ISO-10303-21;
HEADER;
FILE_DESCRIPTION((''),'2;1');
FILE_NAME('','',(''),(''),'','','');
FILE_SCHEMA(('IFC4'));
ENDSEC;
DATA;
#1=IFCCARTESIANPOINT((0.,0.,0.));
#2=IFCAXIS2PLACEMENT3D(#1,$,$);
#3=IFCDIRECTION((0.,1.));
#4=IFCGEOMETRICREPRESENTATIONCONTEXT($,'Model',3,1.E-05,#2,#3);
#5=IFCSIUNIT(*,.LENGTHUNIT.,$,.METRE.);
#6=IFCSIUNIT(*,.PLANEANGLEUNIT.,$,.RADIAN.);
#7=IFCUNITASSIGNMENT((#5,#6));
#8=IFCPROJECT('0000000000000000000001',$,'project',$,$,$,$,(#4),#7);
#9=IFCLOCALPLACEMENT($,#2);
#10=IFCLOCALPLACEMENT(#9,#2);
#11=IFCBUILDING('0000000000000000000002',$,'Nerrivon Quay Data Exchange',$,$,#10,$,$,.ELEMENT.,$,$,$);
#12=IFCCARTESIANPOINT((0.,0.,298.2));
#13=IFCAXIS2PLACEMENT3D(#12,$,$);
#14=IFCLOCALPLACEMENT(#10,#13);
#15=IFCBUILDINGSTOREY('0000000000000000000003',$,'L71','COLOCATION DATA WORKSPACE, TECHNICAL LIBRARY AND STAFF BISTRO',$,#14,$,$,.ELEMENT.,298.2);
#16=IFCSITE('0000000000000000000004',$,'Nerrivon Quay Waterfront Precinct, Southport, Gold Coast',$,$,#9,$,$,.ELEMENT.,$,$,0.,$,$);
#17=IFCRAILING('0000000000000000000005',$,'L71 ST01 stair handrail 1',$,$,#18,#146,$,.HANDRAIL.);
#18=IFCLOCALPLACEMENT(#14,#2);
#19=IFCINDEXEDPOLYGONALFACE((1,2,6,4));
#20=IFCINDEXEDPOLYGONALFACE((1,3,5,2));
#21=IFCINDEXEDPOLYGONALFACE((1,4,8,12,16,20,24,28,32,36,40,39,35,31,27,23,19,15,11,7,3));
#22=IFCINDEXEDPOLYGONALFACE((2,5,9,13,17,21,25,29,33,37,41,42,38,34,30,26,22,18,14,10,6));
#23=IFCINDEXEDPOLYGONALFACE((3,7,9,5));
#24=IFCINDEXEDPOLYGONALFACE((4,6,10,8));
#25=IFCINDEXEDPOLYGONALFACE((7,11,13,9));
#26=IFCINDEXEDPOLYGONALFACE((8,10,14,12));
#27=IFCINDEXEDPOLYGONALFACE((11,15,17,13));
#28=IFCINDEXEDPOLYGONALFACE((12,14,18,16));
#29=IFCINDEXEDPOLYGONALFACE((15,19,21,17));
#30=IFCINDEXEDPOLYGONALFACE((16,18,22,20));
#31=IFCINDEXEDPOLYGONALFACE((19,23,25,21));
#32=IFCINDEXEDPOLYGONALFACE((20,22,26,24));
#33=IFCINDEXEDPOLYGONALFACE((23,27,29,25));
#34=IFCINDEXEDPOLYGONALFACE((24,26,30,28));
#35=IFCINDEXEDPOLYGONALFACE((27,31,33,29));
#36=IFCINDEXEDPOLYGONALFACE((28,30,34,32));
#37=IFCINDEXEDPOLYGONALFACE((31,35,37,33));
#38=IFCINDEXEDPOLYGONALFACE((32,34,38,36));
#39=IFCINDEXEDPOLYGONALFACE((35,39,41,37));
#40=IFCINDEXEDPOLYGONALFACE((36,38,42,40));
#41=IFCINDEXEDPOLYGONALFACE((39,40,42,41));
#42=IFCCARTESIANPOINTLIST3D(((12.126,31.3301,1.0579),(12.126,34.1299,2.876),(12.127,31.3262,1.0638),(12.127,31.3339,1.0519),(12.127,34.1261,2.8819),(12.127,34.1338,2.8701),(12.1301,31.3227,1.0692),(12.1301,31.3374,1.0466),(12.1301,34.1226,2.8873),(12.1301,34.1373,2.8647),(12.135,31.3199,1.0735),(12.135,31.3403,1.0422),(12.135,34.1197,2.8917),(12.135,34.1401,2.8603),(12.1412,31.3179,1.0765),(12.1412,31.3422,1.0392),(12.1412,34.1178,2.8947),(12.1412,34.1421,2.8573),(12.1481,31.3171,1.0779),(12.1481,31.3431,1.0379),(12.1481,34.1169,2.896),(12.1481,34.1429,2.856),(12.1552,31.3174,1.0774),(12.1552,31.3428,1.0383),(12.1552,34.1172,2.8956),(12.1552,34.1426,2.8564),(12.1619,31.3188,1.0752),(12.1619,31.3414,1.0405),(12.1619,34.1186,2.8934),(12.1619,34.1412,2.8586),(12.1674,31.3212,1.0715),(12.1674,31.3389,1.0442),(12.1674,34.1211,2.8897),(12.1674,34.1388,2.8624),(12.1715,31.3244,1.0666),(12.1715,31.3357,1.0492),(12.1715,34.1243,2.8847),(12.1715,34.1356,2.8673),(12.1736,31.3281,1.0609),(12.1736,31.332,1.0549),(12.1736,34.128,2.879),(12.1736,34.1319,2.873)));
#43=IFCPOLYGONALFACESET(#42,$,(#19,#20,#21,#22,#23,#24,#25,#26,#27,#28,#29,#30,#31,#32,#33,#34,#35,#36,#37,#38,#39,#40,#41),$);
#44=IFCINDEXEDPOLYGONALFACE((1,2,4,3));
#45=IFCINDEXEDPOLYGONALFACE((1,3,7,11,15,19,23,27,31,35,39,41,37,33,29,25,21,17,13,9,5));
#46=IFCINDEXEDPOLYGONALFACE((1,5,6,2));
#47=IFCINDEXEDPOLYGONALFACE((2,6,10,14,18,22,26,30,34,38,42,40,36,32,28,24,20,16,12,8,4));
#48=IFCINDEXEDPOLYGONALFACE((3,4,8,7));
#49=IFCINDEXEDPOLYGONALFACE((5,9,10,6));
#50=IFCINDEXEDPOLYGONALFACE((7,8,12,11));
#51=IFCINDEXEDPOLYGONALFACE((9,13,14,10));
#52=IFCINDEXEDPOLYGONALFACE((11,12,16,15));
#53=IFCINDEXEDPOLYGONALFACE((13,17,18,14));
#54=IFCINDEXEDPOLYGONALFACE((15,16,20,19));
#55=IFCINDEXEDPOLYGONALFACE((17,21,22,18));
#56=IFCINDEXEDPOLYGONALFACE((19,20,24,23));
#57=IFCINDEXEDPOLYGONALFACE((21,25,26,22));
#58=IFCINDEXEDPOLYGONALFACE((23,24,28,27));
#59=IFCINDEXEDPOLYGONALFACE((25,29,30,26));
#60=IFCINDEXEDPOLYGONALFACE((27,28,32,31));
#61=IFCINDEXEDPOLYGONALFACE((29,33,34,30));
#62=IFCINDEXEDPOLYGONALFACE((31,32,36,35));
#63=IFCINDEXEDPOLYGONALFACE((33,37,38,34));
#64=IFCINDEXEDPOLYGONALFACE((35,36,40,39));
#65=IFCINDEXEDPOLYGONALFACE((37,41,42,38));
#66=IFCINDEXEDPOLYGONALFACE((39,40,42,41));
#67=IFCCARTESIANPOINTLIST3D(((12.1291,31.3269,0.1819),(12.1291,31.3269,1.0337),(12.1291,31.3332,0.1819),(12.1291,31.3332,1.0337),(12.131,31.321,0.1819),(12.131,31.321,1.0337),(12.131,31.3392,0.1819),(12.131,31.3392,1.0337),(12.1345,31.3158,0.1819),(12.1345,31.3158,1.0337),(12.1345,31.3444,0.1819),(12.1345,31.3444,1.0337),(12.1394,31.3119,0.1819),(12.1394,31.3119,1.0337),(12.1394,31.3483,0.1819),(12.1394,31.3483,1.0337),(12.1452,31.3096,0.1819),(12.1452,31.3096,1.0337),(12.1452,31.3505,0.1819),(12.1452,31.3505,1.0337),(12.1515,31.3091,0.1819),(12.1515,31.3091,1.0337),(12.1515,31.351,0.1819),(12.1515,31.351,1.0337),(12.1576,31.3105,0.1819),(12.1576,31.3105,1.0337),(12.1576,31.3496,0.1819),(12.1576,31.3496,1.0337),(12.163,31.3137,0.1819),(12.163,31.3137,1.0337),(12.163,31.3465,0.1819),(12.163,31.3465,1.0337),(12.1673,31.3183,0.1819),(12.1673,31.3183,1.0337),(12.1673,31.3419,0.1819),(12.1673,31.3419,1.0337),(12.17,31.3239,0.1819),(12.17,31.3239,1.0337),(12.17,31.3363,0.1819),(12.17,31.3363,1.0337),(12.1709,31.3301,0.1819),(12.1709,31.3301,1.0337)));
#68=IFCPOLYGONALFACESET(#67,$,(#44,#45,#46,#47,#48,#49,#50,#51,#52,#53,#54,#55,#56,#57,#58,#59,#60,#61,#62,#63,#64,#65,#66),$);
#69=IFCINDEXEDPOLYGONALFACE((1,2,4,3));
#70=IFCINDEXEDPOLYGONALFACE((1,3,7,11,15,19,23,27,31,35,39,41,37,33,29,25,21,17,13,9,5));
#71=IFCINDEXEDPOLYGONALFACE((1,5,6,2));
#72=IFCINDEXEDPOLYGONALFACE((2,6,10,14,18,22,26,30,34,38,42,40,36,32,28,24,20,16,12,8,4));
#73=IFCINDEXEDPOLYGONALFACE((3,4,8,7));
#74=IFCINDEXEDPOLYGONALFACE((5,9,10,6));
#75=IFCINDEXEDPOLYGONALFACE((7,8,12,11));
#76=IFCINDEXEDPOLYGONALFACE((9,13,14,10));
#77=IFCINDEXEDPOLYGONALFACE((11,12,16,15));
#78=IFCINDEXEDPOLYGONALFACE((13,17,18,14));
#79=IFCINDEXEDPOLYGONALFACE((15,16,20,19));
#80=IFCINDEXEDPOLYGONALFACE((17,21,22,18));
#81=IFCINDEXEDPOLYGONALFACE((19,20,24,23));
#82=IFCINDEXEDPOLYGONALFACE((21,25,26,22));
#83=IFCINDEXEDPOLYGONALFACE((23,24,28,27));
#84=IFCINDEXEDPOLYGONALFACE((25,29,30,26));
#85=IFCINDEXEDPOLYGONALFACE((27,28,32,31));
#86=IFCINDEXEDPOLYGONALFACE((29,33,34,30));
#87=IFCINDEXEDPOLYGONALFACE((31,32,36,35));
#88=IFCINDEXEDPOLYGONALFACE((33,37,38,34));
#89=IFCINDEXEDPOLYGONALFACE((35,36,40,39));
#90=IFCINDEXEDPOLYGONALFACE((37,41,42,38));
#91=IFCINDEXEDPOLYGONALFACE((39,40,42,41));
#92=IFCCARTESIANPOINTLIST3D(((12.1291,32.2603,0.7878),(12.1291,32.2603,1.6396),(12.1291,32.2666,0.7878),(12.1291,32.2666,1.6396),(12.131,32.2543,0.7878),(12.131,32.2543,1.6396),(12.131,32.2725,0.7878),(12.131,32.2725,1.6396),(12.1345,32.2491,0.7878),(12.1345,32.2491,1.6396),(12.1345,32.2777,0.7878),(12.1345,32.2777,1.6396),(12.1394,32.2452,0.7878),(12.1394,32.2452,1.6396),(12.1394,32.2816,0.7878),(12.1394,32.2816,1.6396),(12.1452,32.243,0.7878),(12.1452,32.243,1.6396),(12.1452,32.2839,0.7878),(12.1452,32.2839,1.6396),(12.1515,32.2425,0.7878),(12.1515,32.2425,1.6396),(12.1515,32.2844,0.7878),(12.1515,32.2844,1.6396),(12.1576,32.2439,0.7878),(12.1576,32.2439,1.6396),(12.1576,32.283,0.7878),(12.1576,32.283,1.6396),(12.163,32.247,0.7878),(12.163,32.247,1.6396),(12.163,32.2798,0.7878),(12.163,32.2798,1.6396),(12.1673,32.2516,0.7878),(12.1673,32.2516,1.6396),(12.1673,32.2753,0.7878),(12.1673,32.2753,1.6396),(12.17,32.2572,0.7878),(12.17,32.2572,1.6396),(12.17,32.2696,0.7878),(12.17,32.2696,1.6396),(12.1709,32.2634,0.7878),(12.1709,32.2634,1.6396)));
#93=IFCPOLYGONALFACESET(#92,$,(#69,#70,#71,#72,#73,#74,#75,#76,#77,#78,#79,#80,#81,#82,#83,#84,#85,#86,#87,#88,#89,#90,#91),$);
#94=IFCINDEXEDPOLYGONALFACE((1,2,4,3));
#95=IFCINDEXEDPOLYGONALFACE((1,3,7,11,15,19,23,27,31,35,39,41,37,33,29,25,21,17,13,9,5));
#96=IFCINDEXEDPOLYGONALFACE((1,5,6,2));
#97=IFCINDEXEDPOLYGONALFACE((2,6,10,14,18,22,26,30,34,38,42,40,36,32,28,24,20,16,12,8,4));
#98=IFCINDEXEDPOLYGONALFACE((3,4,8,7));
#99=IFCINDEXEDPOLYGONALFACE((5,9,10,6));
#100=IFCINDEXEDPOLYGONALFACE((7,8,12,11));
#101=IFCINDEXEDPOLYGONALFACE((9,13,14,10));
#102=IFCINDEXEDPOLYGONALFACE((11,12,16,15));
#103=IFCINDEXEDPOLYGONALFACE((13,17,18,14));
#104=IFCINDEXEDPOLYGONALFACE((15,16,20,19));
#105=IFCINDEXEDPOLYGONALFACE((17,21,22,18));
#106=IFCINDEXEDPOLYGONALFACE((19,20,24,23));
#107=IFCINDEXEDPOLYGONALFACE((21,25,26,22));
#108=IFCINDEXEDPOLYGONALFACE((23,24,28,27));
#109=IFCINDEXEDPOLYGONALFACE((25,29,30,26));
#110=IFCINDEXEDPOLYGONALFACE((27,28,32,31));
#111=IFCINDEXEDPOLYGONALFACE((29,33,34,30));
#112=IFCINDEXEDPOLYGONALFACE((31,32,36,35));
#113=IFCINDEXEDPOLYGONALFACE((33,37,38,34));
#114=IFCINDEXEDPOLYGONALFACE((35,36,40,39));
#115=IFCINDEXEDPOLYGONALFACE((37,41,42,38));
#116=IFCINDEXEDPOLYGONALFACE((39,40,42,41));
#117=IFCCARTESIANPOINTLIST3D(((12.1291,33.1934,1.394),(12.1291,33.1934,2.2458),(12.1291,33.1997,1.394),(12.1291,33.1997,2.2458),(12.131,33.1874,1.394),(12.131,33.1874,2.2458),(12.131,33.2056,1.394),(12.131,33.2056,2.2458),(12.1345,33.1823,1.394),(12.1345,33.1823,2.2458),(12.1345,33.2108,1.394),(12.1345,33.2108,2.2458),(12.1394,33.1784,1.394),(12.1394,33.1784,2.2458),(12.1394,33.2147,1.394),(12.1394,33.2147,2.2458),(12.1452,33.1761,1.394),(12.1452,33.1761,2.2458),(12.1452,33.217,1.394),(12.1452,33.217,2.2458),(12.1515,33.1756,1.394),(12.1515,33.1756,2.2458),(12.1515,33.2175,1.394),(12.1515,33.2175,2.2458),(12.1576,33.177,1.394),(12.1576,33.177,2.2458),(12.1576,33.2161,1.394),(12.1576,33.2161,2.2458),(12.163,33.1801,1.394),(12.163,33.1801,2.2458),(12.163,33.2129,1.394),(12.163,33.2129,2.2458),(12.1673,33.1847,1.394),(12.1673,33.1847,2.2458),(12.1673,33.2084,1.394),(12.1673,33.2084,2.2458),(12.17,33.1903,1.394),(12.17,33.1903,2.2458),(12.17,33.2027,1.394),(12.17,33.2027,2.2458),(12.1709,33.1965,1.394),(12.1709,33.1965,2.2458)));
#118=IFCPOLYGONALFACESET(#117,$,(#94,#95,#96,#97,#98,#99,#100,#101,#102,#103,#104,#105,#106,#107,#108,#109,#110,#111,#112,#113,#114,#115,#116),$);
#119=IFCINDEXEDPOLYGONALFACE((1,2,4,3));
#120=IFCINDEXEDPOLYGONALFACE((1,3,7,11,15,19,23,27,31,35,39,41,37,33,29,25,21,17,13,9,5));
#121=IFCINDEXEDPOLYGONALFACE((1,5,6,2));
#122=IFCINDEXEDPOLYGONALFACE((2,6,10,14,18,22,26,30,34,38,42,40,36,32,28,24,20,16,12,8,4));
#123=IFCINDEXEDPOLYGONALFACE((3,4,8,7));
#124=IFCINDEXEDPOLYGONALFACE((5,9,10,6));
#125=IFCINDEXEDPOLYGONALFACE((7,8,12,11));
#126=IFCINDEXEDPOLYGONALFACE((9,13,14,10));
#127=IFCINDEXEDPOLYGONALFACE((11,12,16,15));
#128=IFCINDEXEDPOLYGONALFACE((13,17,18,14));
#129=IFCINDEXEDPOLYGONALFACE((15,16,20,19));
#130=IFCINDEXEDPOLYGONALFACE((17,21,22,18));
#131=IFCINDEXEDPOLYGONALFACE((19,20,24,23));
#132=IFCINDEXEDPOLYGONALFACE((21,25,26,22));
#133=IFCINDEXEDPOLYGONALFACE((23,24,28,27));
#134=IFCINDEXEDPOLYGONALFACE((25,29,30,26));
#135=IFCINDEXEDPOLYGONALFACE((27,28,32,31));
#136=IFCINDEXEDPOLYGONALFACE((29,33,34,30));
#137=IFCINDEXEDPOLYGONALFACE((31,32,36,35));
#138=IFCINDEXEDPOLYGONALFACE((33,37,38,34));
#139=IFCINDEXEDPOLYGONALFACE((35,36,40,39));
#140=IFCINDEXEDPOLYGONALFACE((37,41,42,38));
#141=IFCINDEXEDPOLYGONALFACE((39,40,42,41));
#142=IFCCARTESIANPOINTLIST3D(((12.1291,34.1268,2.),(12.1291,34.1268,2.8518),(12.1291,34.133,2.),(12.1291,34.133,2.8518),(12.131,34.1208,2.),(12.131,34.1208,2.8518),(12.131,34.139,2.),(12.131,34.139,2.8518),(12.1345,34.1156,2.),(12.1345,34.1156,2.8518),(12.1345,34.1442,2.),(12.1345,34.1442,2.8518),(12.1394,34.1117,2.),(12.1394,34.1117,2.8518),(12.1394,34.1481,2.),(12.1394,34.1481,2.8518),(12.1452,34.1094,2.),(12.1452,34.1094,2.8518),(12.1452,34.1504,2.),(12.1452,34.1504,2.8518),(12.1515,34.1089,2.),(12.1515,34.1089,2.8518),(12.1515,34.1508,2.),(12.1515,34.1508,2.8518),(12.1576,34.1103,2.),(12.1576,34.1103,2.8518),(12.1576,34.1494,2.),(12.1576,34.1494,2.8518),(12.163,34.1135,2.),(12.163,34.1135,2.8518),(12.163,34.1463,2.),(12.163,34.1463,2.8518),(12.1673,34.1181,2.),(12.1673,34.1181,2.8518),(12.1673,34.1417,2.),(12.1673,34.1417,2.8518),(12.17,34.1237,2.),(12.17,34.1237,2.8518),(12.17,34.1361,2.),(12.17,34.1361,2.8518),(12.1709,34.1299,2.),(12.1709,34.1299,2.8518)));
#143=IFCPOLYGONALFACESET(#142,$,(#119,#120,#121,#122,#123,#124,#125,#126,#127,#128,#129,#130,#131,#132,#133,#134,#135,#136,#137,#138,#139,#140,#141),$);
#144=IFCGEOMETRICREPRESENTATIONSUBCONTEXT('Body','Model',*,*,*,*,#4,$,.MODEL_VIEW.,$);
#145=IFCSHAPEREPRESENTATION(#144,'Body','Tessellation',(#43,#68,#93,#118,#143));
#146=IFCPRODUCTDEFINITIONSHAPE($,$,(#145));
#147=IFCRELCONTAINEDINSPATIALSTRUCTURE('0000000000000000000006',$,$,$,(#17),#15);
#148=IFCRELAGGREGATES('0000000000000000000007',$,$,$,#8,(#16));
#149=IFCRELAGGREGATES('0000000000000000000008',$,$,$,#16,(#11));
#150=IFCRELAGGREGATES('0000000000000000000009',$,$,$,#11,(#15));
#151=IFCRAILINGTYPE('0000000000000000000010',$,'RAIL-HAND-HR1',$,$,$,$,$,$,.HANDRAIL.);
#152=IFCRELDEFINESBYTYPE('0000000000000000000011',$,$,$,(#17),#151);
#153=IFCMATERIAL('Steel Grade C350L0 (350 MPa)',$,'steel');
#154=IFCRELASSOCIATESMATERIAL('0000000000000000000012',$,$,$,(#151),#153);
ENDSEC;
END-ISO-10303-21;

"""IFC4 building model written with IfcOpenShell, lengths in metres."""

from ifc_helpers import new_model, si_unit, direction, frame, origin, origin_2d, place, context, subcontext, project, spatial, circle, extrude, material, type_object, element, save


model = new_model("IFC4")

# Units and contexts
model_context = context("Model", 3, precision=1e-05, world=origin(), true_north=direction((0.0, 1.0)))
body_context = subcontext(model_context, "Body", "Model", "MODEL_VIEW")
ifc_project = project(units=[si_unit("LENGTHUNIT", "METRE"), si_unit("PLANEANGLEUNIT", "RADIAN")], contexts=[model_context])

# Site, building, storey
site_placement = place(None, origin())
site = spatial("IfcSite", under=ifc_project, at=site_placement, Name="Nerrivon Quay Waterfront Precinct, Southport, Gold Coast", CompositionType="ELEMENT", RefElevation=0.0)
building_placement = place(site_placement, origin())
building = spatial("IfcBuilding", under=site, at=building_placement, Name="Nerrivon Quay Data Exchange", CompositionType="ELEMENT")
storey_placement = place(building_placement, frame((0.0, 0.0, 298.2)))
storey = spatial("IfcBuildingStorey", under=building, at=storey_placement, Name="L71", Description="COLOCATION DATA WORKSPACE, TECHNICAL LIBRARY AND STAFF BISTRO", CompositionType="ELEMENT", Elevation=298.2)

# Railing
ifc_material_1 = material(Name="Steel Grade C350L0 (350 MPa)", Category="steel")
railing_type_1 = type_object("IfcRailingType", Name="RAIL-HAND-HR1", PredefinedType="HANDRAIL", material=ifc_material_1)
railing_1_placement = place(storey_placement, frame((12.1499, 31.3301, 0.1819)))
element("IfcRailing", 1, at=railing_1_placement, inside=storey, type_object=railing_type_1, Name="L71 ST01 stair handrail 1", PredefinedType="HANDRAIL", context=body_context, shape_type="SweptSolid", body=[
    extrude(circle(Radius=0.0239, at=origin_2d()), frame((0.0, 0.0, 0.876), z_axis=(0.0, 0.838684, 0.544618), x_axis=(-1.0, 0.0, 0.0)), (0.0, 0.0, 1.0), 3.3384),
    extrude(circle(Radius=0.021, at=origin_2d()), origin(), (0.0, 0.0, 1.0), 0.8518),
    extrude(circle(Radius=0.021, at=origin_2d()), frame((0.0, 0.9333, 0.606)), (0.0, 0.0, 1.0), 0.8518),
    extrude(circle(Radius=0.021, at=origin_2d()), frame((0.0, 1.8665, 1.2122)), (0.0, 0.0, 1.0), 0.8518),
    extrude(circle(Radius=0.021, at=origin_2d()), frame((0.0, 2.7998, 1.8181)), (0.0, 0.0, 1.0), 0.8518),
])

save(model, "model.ifc")
